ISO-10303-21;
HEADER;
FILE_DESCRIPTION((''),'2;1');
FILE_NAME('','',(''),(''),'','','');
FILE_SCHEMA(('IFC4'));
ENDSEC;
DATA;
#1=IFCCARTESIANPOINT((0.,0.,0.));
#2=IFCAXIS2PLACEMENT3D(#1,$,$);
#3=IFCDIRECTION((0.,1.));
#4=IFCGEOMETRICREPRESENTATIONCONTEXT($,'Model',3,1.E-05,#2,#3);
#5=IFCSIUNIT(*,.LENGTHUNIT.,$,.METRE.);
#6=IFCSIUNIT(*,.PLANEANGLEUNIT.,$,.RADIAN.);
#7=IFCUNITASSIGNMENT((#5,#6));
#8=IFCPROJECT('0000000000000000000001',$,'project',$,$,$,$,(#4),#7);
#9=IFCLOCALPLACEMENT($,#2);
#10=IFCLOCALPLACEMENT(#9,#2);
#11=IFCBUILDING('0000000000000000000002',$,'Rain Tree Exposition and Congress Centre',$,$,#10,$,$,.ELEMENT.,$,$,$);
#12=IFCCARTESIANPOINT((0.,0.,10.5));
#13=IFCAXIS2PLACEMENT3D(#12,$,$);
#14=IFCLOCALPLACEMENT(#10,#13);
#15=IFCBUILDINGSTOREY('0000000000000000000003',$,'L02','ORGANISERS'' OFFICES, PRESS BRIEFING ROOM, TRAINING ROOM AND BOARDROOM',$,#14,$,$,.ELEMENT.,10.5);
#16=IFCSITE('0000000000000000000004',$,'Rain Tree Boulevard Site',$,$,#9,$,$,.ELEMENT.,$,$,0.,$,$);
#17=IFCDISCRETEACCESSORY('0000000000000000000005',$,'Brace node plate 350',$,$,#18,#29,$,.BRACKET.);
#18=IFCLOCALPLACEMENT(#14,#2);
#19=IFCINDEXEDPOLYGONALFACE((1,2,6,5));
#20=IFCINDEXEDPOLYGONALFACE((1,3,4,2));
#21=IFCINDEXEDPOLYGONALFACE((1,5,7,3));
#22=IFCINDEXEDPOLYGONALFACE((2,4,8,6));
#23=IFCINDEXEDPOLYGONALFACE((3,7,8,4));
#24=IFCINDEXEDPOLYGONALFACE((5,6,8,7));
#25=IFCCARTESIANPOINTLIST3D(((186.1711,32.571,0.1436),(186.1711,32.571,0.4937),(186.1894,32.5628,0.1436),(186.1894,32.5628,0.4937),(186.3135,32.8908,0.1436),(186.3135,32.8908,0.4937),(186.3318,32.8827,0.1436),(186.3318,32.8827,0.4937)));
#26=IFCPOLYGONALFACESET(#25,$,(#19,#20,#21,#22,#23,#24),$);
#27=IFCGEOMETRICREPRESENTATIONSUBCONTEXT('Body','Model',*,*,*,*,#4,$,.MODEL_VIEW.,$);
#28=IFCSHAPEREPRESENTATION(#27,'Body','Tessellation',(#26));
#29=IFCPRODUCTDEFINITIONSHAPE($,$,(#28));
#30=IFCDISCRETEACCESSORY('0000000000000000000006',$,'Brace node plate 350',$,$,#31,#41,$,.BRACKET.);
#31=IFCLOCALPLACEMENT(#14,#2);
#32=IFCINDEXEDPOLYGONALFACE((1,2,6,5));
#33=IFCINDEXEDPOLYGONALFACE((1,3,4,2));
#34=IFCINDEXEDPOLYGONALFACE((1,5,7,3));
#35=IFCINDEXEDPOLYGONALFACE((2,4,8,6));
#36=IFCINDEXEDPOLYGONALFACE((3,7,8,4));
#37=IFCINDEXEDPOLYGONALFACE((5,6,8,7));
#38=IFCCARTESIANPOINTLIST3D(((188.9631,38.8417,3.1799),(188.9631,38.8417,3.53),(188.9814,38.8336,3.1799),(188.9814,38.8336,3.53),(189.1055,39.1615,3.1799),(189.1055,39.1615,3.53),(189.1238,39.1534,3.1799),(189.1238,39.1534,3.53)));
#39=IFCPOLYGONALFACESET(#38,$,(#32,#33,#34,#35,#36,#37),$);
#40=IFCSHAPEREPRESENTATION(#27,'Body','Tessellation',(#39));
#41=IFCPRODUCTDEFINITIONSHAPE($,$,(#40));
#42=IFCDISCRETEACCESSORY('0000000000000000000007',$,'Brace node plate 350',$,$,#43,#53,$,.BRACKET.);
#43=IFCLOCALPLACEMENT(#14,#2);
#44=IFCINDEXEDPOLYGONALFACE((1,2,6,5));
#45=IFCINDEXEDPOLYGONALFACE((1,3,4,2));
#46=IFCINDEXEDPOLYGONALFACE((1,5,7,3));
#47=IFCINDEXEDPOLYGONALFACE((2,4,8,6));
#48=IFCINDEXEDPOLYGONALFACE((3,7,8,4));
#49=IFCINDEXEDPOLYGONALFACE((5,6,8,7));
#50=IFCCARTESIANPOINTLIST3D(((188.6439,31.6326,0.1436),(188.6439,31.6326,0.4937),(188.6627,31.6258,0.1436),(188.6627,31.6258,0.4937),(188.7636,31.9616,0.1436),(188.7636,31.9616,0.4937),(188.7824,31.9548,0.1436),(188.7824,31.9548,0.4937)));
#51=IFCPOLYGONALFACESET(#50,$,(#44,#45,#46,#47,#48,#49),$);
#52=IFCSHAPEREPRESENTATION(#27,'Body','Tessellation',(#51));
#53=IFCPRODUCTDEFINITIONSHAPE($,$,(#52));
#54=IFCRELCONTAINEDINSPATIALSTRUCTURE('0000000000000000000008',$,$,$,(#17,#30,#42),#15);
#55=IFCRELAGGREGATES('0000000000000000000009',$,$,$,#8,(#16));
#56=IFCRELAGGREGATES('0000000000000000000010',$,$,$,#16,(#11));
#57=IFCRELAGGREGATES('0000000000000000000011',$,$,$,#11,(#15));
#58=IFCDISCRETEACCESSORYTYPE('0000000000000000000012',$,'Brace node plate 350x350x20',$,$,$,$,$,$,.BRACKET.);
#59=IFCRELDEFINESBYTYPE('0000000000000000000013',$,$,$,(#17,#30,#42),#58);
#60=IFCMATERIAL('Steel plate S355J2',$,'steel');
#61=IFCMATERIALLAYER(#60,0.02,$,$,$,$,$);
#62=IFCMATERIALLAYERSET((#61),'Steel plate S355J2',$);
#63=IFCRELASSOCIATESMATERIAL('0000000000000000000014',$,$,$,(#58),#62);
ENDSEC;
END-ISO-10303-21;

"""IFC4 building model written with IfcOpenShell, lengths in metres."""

from ifc_helpers import new_model, si_unit, direction, frame, origin, origin_2d, place, context, subcontext, project, spatial, rectangle, extrude, material, layer, layer_set, type_object, element, save


model = new_model("IFC4")

# Units and contexts
model_context = context("Model", 3, precision=1e-05, world=origin(), true_north=direction((0.0, 1.0)))
body_context = subcontext(model_context, "Body", "Model", "MODEL_VIEW")
ifc_project = project(units=[si_unit("LENGTHUNIT", "METRE"), si_unit("PLANEANGLEUNIT", "RADIAN")], contexts=[model_context])

# Site, building, storey
site_placement = place(None, origin())
site = spatial("IfcSite", under=ifc_project, at=site_placement, Name="Rain Tree Boulevard Site", CompositionType="ELEMENT", RefElevation=0.0)
building_placement = place(site_placement, origin())
building = spatial("IfcBuilding", under=site, at=building_placement, Name="Rain Tree Exposition and Congress Centre", CompositionType="ELEMENT")
storey_placement = place(building_placement, frame((0.0, 0.0, 10.5)))
storey = spatial("IfcBuildingStorey", under=building, at=storey_placement, Name="L02", Description="ORGANISERS' OFFICES, PRESS BRIEFING ROOM, TRAINING ROOM AND BOARDROOM", CompositionType="ELEMENT", Elevation=10.5)

# Discrete accessories
ifc_material_1 = material(Name="Steel plate S355J2", Category="steel")
ifc_layer = layer(ifc_material_1, 0.02)
ifc_layer_set = layer_set([ifc_layer], Name="Steel plate S355J2")
discrete_accessory_type = type_object("IfcDiscreteAccessoryType", Name="Brace node plate 350x350x20", PredefinedType="BRACKET", material=ifc_layer_set)
for number, where, z_axis, x_axis, name in (
    (1, (186.2515, 32.7268, 0.1436), (0.0, 0.0, 1.0), (-0.406737, -0.913545, 0.0), "Brace node plate 350"),
    (2, (189.0435, 38.9976, 3.1799), (0.0, 0.0, 1.0), (0.406737, 0.913545, 0.0), "Brace node plate 350"),
    (3, (188.7131, 31.7937, 0.1436), (0.0, 0.0, 1.0), (-0.34202, -0.939693, 0.0), "Brace node plate 350"),
):
    element("IfcDiscreteAccessory", number, at=place(storey_placement, frame(where, z_axis=z_axis, x_axis=x_axis)), inside=storey, type_object=discrete_accessory_type, Name=name, PredefinedType="BRACKET", context=body_context, shape_type="SweptSolid", body=[
        extrude(rectangle(XDim=0.3501, YDim=0.02, at=origin_2d()), origin(), (0.0, 0.0, 1.0), 0.3501),
    ])

save(model, "model.ifc")
